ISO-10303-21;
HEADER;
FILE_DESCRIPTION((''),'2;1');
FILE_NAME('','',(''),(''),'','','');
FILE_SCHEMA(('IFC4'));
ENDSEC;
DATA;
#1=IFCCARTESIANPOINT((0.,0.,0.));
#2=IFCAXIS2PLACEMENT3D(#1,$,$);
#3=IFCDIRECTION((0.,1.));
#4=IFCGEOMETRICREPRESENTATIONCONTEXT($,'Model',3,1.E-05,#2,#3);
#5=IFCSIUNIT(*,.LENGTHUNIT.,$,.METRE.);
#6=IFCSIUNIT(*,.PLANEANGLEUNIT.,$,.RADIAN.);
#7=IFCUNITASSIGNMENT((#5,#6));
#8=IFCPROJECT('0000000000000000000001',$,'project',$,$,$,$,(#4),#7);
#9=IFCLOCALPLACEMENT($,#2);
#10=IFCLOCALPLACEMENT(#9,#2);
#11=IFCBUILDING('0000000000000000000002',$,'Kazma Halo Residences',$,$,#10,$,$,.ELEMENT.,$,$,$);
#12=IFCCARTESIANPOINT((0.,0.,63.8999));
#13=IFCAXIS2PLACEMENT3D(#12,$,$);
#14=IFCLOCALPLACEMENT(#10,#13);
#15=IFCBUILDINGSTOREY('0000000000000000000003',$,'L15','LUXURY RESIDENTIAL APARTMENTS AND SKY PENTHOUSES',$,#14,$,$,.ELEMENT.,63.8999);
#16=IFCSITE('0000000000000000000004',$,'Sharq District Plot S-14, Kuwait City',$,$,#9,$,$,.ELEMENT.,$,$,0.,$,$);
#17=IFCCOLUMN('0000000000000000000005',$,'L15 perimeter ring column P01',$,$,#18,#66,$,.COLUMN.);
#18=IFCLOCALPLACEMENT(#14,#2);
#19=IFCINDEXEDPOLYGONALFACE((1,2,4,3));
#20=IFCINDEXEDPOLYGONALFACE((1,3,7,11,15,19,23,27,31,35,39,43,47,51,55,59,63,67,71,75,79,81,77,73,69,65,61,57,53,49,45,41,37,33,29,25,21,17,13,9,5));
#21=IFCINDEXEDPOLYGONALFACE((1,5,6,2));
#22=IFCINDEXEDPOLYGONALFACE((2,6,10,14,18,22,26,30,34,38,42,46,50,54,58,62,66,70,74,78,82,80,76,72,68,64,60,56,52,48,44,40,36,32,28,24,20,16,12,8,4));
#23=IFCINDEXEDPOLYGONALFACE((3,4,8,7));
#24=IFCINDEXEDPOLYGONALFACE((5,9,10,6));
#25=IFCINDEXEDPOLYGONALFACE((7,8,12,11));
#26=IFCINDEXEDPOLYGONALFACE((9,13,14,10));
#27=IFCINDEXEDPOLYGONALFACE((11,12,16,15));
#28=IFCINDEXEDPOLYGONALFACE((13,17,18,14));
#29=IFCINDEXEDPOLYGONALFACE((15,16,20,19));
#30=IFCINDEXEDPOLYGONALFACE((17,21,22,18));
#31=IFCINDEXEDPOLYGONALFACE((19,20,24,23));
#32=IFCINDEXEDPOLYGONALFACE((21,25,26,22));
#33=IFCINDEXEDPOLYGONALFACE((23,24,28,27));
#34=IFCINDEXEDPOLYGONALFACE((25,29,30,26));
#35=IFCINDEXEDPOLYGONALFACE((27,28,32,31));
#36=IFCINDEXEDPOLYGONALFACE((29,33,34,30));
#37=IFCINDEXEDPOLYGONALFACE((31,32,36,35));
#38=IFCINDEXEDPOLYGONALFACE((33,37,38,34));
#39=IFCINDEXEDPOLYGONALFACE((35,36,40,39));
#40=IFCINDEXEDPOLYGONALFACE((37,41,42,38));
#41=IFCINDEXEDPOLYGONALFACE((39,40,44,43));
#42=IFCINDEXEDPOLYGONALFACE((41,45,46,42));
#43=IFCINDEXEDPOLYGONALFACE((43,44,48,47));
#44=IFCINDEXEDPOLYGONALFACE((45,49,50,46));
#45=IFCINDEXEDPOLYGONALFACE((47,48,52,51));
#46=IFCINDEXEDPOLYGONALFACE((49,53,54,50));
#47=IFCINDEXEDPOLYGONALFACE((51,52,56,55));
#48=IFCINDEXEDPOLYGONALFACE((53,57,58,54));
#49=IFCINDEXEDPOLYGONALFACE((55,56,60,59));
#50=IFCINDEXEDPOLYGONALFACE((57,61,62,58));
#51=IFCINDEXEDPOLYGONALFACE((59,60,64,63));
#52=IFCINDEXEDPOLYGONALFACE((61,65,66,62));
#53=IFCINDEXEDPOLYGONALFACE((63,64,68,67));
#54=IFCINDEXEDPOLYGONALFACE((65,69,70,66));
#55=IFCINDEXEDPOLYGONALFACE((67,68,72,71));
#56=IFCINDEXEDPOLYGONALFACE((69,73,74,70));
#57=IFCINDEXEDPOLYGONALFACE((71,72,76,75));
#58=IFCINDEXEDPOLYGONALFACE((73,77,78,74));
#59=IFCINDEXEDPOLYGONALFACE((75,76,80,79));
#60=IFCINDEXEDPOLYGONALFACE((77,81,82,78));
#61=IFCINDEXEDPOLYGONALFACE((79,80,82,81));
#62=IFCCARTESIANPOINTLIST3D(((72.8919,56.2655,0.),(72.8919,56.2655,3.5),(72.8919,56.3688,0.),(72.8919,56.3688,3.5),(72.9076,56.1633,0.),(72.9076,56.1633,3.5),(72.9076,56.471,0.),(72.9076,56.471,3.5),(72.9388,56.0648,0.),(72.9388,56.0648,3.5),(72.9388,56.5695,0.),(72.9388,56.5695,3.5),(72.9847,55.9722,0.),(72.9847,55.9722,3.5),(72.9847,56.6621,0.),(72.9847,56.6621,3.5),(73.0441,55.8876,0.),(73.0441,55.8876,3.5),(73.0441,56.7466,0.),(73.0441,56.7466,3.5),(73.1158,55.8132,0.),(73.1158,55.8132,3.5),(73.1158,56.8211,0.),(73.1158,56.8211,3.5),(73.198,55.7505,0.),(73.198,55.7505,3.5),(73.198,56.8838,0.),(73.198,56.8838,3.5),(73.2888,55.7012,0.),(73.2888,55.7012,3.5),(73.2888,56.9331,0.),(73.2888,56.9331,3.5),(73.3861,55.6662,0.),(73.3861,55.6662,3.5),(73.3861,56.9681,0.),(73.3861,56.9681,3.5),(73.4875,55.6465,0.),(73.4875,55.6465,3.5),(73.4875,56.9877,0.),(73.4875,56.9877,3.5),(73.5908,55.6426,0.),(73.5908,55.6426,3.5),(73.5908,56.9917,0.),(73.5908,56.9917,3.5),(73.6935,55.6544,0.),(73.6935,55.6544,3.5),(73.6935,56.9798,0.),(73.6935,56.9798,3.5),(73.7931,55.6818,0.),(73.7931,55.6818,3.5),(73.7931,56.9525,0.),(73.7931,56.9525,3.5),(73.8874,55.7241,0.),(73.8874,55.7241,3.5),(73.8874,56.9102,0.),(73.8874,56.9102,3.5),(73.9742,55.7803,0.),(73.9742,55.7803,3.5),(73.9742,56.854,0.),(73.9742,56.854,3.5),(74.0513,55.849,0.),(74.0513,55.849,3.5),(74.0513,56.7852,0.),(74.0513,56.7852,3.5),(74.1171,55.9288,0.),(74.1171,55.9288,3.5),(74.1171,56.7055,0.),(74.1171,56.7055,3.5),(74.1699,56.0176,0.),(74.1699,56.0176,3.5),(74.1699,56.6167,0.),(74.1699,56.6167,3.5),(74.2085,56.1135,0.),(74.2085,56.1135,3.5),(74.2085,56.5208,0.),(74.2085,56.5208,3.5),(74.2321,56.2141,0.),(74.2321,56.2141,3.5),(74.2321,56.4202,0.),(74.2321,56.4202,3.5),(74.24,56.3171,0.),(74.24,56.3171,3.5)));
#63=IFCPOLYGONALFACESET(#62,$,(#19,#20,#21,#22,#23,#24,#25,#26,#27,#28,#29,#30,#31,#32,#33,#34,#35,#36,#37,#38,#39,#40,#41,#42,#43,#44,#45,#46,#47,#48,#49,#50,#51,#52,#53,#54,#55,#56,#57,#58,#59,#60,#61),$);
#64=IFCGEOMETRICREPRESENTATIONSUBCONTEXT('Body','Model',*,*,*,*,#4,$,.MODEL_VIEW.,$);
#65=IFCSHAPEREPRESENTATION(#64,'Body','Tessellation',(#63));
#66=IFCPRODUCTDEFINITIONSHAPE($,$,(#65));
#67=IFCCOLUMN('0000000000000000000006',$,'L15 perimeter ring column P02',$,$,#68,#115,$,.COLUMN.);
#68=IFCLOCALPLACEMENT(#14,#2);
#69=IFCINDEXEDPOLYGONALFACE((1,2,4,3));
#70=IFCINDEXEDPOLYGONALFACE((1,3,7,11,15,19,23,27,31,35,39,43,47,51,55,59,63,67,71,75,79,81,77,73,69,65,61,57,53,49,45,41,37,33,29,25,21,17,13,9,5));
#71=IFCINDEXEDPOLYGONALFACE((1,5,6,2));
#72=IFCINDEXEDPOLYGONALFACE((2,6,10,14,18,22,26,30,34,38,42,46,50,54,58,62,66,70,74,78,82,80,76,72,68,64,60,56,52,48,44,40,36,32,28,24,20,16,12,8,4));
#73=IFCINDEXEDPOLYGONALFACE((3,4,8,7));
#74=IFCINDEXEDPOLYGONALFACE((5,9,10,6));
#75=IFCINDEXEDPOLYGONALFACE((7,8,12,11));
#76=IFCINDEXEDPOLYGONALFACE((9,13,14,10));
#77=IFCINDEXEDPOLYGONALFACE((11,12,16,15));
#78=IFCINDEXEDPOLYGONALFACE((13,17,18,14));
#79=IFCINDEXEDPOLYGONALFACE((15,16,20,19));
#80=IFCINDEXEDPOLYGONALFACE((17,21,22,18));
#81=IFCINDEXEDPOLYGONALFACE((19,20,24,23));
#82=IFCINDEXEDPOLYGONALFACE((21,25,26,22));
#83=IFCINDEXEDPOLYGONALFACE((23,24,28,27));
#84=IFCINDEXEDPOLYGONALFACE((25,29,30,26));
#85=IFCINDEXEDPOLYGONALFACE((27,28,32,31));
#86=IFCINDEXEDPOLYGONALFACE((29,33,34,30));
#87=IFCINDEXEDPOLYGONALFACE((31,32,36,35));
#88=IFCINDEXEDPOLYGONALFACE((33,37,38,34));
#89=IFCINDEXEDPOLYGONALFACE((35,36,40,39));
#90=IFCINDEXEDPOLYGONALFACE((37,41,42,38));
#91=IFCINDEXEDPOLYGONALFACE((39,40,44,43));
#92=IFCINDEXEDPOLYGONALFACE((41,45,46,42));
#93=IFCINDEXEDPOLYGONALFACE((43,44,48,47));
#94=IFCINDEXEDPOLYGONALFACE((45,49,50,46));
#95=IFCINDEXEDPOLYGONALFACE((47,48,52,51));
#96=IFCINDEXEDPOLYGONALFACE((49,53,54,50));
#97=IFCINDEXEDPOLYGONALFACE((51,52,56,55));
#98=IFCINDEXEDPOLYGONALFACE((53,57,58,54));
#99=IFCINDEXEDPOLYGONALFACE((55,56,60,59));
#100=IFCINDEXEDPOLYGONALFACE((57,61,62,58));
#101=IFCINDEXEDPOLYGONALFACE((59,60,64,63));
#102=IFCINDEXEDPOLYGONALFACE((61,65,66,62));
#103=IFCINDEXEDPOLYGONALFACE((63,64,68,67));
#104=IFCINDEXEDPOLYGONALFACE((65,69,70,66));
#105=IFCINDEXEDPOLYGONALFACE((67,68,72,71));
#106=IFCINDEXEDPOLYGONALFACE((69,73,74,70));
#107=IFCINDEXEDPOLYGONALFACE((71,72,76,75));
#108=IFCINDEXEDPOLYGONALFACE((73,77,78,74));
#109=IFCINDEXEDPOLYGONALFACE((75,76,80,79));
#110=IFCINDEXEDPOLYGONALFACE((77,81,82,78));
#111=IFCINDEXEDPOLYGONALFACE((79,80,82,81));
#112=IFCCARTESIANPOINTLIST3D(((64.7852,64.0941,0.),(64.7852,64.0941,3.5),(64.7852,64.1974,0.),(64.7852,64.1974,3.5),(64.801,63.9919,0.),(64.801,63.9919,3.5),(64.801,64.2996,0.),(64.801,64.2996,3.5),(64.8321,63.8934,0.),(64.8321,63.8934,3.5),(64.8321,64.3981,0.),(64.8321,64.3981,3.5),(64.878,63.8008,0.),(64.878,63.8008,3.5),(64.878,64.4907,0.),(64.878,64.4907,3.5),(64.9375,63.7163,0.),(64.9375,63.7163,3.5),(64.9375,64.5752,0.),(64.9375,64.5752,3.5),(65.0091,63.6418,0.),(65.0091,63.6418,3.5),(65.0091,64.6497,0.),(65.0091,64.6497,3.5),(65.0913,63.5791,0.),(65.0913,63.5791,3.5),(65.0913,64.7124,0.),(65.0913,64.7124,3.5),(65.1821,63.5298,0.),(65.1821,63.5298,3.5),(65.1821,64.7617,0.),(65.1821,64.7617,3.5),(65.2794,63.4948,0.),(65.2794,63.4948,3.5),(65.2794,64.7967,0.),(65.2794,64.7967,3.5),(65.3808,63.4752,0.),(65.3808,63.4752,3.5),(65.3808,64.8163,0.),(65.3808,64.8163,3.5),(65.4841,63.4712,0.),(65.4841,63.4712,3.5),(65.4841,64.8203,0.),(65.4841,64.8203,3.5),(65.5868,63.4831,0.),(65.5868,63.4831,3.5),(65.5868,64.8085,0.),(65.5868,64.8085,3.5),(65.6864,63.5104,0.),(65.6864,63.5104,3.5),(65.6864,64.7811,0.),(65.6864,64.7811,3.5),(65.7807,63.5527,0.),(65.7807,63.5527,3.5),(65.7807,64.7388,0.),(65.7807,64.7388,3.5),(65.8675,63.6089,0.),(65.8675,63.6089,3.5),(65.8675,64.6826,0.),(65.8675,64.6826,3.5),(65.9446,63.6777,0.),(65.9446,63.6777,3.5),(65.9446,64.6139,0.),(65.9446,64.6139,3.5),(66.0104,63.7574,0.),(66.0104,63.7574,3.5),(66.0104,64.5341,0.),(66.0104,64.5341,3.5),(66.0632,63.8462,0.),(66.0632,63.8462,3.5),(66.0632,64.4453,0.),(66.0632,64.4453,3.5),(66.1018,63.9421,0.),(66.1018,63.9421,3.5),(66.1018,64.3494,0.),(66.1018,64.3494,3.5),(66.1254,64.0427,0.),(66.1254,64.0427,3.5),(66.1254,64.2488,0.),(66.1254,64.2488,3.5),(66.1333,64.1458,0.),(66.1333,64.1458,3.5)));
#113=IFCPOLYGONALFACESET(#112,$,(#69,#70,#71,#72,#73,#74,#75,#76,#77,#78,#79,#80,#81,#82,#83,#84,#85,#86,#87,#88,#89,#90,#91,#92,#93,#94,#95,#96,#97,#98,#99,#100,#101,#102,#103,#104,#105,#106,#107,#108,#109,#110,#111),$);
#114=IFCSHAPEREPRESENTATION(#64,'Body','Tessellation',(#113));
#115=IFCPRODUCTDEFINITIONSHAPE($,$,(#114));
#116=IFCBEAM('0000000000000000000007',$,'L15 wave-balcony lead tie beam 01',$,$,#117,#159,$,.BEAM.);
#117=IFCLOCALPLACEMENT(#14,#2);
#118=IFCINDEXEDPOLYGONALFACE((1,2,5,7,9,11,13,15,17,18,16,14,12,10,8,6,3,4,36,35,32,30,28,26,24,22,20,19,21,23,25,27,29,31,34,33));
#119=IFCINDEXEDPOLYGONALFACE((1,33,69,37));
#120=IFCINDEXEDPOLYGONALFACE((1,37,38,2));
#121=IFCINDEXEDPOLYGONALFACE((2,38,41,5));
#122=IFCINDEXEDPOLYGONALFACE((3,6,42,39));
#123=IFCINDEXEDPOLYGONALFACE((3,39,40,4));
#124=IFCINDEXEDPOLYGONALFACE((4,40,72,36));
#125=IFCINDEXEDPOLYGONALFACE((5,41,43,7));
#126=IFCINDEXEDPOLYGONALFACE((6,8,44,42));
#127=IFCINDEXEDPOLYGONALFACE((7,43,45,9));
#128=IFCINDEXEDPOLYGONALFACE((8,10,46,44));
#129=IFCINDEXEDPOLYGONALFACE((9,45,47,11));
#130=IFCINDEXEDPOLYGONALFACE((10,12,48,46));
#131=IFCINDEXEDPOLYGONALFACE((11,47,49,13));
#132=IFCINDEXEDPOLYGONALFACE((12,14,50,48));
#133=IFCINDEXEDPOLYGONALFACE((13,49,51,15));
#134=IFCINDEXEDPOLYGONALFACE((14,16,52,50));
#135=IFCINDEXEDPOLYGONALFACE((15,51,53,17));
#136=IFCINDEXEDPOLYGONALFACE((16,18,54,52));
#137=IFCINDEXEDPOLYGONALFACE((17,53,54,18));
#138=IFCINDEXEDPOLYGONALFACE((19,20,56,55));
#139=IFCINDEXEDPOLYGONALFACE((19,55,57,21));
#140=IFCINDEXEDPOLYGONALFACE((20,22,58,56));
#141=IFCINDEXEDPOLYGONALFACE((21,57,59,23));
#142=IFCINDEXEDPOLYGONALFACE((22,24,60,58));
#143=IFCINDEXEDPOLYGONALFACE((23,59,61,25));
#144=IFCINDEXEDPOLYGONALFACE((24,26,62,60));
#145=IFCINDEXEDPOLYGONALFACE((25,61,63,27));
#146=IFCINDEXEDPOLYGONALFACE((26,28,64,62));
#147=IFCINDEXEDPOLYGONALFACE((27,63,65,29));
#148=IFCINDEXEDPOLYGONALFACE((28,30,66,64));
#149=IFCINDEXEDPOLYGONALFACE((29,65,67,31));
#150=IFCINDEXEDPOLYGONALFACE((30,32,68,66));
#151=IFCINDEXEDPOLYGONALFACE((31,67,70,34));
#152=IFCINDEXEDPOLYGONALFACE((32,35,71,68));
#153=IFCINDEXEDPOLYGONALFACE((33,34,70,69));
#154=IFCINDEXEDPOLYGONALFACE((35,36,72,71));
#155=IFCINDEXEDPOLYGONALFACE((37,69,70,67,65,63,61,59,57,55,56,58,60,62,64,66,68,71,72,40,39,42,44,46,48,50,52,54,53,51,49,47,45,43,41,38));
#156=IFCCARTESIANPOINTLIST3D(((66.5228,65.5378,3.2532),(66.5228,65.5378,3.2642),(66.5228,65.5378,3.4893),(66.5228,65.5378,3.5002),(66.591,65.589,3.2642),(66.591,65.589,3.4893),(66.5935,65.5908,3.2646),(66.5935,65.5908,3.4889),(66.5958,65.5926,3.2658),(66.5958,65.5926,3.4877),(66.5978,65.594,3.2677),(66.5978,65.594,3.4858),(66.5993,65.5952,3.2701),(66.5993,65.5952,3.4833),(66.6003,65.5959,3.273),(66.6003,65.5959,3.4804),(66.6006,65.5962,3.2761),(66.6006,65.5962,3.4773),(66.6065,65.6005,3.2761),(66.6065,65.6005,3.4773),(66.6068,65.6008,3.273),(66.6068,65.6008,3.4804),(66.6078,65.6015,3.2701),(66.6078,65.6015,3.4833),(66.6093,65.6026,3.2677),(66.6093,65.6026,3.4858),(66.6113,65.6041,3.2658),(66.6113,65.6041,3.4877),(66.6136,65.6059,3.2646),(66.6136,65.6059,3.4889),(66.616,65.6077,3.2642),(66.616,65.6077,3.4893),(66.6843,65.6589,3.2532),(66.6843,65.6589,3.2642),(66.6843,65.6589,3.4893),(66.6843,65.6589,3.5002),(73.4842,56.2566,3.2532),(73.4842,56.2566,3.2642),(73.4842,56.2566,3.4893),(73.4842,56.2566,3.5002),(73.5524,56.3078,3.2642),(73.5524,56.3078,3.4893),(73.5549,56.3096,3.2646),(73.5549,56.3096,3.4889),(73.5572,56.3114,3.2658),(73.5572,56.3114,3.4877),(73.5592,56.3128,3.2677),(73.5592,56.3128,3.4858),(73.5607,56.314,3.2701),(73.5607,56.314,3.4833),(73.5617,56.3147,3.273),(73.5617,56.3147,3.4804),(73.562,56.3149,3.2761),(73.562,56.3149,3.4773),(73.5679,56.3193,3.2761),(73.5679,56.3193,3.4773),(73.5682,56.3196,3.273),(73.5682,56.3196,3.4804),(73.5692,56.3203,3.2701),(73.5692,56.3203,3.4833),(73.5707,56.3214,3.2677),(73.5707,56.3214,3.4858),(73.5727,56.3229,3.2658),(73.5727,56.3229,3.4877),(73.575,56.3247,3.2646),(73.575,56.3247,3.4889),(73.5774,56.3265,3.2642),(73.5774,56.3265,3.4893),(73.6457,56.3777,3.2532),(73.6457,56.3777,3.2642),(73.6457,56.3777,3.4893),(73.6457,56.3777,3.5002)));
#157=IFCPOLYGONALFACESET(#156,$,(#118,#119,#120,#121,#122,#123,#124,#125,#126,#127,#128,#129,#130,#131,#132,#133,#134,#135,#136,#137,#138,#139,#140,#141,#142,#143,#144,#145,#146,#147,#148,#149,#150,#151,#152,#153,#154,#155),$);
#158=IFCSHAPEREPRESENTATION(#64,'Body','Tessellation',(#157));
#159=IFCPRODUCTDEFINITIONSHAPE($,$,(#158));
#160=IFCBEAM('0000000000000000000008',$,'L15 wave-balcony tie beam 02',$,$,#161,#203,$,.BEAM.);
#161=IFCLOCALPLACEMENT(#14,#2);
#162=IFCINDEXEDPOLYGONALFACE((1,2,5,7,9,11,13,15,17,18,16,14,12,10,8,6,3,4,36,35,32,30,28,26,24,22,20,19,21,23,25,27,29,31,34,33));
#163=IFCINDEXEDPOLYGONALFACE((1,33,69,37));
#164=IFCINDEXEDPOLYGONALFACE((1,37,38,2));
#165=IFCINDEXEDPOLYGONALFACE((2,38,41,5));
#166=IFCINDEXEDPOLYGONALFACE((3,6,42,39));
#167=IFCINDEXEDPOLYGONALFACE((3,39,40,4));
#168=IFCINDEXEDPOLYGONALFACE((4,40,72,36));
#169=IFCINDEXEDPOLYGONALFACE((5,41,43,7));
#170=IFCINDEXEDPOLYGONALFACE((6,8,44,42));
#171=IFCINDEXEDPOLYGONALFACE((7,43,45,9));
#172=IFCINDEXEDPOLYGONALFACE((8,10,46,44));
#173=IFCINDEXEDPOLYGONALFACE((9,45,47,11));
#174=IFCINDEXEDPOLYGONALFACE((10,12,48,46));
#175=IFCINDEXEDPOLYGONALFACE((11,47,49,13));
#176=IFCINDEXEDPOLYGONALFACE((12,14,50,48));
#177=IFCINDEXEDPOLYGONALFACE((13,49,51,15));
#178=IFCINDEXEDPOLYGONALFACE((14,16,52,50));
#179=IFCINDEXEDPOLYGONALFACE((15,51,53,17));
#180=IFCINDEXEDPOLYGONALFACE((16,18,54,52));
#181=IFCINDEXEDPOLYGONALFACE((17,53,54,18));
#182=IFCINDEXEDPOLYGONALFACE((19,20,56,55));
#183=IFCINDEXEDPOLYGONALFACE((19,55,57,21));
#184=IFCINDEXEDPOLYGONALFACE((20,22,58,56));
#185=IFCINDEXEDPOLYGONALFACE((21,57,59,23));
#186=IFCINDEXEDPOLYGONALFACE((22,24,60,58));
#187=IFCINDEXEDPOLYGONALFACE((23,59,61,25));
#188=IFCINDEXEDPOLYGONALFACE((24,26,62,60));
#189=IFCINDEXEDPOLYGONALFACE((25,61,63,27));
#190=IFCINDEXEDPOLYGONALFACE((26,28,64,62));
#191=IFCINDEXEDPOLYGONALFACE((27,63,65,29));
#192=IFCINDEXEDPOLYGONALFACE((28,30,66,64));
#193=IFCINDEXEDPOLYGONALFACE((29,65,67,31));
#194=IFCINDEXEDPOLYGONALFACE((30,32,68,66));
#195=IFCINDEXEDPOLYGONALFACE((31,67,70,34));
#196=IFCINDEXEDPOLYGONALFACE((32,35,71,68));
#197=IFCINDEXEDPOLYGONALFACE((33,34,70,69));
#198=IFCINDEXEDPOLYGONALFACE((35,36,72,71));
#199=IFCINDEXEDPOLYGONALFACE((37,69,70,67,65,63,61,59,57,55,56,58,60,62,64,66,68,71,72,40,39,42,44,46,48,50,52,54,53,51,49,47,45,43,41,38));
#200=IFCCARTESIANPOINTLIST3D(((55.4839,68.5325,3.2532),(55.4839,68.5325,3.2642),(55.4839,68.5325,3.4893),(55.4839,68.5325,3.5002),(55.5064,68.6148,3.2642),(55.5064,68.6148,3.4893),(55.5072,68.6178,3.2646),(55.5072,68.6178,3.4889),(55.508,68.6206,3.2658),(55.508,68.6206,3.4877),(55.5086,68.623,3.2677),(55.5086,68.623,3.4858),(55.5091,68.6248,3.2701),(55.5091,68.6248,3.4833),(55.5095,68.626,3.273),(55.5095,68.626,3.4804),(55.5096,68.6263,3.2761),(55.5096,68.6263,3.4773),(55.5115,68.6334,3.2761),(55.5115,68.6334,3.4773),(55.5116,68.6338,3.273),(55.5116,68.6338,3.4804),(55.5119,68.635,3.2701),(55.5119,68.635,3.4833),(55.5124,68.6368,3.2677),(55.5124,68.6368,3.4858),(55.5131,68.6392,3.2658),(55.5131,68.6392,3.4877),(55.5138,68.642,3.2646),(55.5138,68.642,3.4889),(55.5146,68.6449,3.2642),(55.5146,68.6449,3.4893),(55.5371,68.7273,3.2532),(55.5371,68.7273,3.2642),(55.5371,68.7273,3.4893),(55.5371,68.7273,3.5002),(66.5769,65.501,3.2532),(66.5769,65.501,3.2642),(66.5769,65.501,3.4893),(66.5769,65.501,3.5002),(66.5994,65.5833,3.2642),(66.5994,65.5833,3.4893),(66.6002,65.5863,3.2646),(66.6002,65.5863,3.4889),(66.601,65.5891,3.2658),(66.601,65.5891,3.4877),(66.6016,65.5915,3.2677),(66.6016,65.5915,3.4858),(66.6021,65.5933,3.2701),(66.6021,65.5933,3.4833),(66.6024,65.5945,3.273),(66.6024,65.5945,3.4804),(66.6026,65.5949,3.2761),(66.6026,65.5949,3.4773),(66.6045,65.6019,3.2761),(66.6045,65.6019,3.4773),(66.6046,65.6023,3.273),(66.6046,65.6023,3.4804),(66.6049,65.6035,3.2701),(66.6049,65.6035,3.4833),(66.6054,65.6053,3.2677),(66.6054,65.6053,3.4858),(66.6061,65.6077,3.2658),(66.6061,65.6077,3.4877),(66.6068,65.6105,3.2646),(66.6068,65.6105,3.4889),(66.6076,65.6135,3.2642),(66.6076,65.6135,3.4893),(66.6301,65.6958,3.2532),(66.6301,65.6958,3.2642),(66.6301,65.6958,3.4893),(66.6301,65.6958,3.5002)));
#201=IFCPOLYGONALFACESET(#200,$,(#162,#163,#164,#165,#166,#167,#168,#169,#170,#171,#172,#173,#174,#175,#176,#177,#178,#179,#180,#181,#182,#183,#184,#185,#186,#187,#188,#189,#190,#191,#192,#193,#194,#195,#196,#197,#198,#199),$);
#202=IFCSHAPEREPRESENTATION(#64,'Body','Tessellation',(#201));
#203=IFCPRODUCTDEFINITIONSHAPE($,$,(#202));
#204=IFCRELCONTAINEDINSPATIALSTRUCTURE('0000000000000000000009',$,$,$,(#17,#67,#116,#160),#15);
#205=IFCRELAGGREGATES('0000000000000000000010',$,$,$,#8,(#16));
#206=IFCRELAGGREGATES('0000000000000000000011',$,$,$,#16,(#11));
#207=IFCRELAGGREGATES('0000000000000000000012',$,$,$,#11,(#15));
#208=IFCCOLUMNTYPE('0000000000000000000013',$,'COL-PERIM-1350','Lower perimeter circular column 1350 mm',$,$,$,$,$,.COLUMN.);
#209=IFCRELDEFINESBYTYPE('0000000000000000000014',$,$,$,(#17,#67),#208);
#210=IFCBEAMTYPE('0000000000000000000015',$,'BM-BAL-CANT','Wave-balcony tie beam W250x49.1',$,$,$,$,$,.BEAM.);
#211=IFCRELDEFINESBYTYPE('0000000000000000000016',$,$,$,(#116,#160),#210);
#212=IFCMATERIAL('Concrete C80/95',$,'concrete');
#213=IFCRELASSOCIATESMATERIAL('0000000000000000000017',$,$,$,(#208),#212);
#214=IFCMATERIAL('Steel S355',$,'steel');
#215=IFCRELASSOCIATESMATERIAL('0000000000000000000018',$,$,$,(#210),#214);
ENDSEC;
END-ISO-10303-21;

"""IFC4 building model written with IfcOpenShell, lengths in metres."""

from ifc_helpers import new_model, si_unit, direction, frame, origin, origin_2d, place, context, subcontext, project, spatial, circle, i_section, extrude, material, material_profile, profile_set, type_object, element, save


model = new_model("IFC4")

# Units and contexts
model_context = context("Model", 3, precision=1e-05, world=origin(), true_north=direction((0.0, 1.0)))
body_context = subcontext(model_context, "Body", "Model", "MODEL_VIEW")
ifc_project = project(units=[si_unit("LENGTHUNIT", "METRE"), si_unit("PLANEANGLEUNIT", "RADIAN")], contexts=[model_context])

# Site, building, storey
site_placement = place(None, origin())
site = spatial("IfcSite", under=ifc_project, at=site_placement, Name="Sharq District Plot S-14, Kuwait City", CompositionType="ELEMENT", RefElevation=0.0)
building_placement = place(site_placement, origin())
building = spatial("IfcBuilding", under=site, at=building_placement, Name="Kazma Halo Residences", CompositionType="ELEMENT")
storey_placement = place(building_placement, frame((0.0, 0.0, 63.8999)))
storey = spatial("IfcBuildingStorey", under=building, at=storey_placement, Name="L15", Description="LUXURY RESIDENTIAL APARTMENTS AND SKY PENTHOUSES", CompositionType="ELEMENT", Elevation=63.8999)

# Columns
ifc_material_1 = material(Name="Concrete C80/95", Category="concrete")
ifc_material_profile_1 = material_profile(ifc_material_1, circle(Radius=0.675, at=origin_2d()), Name="CIRC1350")
ifc_profile_set_1 = profile_set([ifc_material_profile_1], Name="Concrete C80/95")
column_type = type_object("IfcColumnType", Name="COL-PERIM-1350", Description="Lower perimeter circular column 1350 mm", PredefinedType="COLUMN", material=ifc_profile_set_1)
for number, where, z_axis, x_axis, name in (
    (1, (73.5649, 56.3171, 0.0), (0.0, 0.0, 1.0), (1.0, 0.0, 0.0), "L15 perimeter ring column P01"),
    (2, (65.4583, 64.1458, 0.0), (0.0, 0.0, 1.0), (1.0, 0.0, 0.0), "L15 perimeter ring column P02"),
):
    element("IfcColumn", number, at=place(storey_placement, frame(where, z_axis=z_axis, x_axis=x_axis)), inside=storey, type_object=column_type, Name=name, PredefinedType="COLUMN", context=body_context, shape_type="SweptSolid", body=[
        extrude(circle(Radius=0.675, at=origin_2d()), origin(), (0.0, 0.0, 1.0), 3.5),
    ])

# Beams
ifc_material_2 = material(Name="Steel S355", Category="steel")
ifc_material_profile_2 = material_profile(ifc_material_2, i_section(OverallWidth=0.2019, OverallDepth=0.2471, WebThickness=0.0073, FlangeThickness=0.011, FilletRadius=0.012, at=origin_2d()), Name="W250x49.1")
ifc_profile_set_2 = profile_set([ifc_material_profile_2], Name="Steel S355")
beam_type_1 = type_object("IfcBeamType", Name="BM-BAL-CANT", Description="Wave-balcony tie beam W250x49.1", PredefinedType="BEAM", material=ifc_profile_set_2)
beam_1_placement = place(storey_placement, frame((73.5649, 56.3171, 3.3767), z_axis=(-0.600027, 0.79998, 0.0), x_axis=(-0.79998, -0.600027, 0.0)))
element("IfcBeam", 3, at=beam_1_placement, inside=storey, type_object=beam_type_1, Name="L15 wave-balcony lead tie beam 01", PredefinedType="BEAM", context=body_context, shape_type="SweptSolid", body=[
    extrude(i_section(OverallWidth=0.2019, OverallDepth=0.2471, WebThickness=0.0073, FlangeThickness=0.011, FilletRadius=0.012, at=origin_2d()), origin(), (0.0, 0.0, 1.0), 11.6018),
])
beam_2_placement = place(storey_placement, frame((66.6035, 65.5984, 3.3767), z_axis=(-0.964628, 0.263613, 0.0), x_axis=(-0.263613, -0.964628, 0.0)))
element("IfcBeam", 4, at=beam_2_placement, inside=storey, type_object=beam_type_1, Name="L15 wave-balcony tie beam 02", PredefinedType="BEAM", context=body_context, shape_type="SweptSolid", body=[
    extrude(i_section(OverallWidth=0.2019, OverallDepth=0.2471, WebThickness=0.0073, FlangeThickness=0.011, FilletRadius=0.012, at=origin_2d()), origin(), (0.0, 0.0, 1.0), 11.4998),
])

save(model, "model.ifc")
